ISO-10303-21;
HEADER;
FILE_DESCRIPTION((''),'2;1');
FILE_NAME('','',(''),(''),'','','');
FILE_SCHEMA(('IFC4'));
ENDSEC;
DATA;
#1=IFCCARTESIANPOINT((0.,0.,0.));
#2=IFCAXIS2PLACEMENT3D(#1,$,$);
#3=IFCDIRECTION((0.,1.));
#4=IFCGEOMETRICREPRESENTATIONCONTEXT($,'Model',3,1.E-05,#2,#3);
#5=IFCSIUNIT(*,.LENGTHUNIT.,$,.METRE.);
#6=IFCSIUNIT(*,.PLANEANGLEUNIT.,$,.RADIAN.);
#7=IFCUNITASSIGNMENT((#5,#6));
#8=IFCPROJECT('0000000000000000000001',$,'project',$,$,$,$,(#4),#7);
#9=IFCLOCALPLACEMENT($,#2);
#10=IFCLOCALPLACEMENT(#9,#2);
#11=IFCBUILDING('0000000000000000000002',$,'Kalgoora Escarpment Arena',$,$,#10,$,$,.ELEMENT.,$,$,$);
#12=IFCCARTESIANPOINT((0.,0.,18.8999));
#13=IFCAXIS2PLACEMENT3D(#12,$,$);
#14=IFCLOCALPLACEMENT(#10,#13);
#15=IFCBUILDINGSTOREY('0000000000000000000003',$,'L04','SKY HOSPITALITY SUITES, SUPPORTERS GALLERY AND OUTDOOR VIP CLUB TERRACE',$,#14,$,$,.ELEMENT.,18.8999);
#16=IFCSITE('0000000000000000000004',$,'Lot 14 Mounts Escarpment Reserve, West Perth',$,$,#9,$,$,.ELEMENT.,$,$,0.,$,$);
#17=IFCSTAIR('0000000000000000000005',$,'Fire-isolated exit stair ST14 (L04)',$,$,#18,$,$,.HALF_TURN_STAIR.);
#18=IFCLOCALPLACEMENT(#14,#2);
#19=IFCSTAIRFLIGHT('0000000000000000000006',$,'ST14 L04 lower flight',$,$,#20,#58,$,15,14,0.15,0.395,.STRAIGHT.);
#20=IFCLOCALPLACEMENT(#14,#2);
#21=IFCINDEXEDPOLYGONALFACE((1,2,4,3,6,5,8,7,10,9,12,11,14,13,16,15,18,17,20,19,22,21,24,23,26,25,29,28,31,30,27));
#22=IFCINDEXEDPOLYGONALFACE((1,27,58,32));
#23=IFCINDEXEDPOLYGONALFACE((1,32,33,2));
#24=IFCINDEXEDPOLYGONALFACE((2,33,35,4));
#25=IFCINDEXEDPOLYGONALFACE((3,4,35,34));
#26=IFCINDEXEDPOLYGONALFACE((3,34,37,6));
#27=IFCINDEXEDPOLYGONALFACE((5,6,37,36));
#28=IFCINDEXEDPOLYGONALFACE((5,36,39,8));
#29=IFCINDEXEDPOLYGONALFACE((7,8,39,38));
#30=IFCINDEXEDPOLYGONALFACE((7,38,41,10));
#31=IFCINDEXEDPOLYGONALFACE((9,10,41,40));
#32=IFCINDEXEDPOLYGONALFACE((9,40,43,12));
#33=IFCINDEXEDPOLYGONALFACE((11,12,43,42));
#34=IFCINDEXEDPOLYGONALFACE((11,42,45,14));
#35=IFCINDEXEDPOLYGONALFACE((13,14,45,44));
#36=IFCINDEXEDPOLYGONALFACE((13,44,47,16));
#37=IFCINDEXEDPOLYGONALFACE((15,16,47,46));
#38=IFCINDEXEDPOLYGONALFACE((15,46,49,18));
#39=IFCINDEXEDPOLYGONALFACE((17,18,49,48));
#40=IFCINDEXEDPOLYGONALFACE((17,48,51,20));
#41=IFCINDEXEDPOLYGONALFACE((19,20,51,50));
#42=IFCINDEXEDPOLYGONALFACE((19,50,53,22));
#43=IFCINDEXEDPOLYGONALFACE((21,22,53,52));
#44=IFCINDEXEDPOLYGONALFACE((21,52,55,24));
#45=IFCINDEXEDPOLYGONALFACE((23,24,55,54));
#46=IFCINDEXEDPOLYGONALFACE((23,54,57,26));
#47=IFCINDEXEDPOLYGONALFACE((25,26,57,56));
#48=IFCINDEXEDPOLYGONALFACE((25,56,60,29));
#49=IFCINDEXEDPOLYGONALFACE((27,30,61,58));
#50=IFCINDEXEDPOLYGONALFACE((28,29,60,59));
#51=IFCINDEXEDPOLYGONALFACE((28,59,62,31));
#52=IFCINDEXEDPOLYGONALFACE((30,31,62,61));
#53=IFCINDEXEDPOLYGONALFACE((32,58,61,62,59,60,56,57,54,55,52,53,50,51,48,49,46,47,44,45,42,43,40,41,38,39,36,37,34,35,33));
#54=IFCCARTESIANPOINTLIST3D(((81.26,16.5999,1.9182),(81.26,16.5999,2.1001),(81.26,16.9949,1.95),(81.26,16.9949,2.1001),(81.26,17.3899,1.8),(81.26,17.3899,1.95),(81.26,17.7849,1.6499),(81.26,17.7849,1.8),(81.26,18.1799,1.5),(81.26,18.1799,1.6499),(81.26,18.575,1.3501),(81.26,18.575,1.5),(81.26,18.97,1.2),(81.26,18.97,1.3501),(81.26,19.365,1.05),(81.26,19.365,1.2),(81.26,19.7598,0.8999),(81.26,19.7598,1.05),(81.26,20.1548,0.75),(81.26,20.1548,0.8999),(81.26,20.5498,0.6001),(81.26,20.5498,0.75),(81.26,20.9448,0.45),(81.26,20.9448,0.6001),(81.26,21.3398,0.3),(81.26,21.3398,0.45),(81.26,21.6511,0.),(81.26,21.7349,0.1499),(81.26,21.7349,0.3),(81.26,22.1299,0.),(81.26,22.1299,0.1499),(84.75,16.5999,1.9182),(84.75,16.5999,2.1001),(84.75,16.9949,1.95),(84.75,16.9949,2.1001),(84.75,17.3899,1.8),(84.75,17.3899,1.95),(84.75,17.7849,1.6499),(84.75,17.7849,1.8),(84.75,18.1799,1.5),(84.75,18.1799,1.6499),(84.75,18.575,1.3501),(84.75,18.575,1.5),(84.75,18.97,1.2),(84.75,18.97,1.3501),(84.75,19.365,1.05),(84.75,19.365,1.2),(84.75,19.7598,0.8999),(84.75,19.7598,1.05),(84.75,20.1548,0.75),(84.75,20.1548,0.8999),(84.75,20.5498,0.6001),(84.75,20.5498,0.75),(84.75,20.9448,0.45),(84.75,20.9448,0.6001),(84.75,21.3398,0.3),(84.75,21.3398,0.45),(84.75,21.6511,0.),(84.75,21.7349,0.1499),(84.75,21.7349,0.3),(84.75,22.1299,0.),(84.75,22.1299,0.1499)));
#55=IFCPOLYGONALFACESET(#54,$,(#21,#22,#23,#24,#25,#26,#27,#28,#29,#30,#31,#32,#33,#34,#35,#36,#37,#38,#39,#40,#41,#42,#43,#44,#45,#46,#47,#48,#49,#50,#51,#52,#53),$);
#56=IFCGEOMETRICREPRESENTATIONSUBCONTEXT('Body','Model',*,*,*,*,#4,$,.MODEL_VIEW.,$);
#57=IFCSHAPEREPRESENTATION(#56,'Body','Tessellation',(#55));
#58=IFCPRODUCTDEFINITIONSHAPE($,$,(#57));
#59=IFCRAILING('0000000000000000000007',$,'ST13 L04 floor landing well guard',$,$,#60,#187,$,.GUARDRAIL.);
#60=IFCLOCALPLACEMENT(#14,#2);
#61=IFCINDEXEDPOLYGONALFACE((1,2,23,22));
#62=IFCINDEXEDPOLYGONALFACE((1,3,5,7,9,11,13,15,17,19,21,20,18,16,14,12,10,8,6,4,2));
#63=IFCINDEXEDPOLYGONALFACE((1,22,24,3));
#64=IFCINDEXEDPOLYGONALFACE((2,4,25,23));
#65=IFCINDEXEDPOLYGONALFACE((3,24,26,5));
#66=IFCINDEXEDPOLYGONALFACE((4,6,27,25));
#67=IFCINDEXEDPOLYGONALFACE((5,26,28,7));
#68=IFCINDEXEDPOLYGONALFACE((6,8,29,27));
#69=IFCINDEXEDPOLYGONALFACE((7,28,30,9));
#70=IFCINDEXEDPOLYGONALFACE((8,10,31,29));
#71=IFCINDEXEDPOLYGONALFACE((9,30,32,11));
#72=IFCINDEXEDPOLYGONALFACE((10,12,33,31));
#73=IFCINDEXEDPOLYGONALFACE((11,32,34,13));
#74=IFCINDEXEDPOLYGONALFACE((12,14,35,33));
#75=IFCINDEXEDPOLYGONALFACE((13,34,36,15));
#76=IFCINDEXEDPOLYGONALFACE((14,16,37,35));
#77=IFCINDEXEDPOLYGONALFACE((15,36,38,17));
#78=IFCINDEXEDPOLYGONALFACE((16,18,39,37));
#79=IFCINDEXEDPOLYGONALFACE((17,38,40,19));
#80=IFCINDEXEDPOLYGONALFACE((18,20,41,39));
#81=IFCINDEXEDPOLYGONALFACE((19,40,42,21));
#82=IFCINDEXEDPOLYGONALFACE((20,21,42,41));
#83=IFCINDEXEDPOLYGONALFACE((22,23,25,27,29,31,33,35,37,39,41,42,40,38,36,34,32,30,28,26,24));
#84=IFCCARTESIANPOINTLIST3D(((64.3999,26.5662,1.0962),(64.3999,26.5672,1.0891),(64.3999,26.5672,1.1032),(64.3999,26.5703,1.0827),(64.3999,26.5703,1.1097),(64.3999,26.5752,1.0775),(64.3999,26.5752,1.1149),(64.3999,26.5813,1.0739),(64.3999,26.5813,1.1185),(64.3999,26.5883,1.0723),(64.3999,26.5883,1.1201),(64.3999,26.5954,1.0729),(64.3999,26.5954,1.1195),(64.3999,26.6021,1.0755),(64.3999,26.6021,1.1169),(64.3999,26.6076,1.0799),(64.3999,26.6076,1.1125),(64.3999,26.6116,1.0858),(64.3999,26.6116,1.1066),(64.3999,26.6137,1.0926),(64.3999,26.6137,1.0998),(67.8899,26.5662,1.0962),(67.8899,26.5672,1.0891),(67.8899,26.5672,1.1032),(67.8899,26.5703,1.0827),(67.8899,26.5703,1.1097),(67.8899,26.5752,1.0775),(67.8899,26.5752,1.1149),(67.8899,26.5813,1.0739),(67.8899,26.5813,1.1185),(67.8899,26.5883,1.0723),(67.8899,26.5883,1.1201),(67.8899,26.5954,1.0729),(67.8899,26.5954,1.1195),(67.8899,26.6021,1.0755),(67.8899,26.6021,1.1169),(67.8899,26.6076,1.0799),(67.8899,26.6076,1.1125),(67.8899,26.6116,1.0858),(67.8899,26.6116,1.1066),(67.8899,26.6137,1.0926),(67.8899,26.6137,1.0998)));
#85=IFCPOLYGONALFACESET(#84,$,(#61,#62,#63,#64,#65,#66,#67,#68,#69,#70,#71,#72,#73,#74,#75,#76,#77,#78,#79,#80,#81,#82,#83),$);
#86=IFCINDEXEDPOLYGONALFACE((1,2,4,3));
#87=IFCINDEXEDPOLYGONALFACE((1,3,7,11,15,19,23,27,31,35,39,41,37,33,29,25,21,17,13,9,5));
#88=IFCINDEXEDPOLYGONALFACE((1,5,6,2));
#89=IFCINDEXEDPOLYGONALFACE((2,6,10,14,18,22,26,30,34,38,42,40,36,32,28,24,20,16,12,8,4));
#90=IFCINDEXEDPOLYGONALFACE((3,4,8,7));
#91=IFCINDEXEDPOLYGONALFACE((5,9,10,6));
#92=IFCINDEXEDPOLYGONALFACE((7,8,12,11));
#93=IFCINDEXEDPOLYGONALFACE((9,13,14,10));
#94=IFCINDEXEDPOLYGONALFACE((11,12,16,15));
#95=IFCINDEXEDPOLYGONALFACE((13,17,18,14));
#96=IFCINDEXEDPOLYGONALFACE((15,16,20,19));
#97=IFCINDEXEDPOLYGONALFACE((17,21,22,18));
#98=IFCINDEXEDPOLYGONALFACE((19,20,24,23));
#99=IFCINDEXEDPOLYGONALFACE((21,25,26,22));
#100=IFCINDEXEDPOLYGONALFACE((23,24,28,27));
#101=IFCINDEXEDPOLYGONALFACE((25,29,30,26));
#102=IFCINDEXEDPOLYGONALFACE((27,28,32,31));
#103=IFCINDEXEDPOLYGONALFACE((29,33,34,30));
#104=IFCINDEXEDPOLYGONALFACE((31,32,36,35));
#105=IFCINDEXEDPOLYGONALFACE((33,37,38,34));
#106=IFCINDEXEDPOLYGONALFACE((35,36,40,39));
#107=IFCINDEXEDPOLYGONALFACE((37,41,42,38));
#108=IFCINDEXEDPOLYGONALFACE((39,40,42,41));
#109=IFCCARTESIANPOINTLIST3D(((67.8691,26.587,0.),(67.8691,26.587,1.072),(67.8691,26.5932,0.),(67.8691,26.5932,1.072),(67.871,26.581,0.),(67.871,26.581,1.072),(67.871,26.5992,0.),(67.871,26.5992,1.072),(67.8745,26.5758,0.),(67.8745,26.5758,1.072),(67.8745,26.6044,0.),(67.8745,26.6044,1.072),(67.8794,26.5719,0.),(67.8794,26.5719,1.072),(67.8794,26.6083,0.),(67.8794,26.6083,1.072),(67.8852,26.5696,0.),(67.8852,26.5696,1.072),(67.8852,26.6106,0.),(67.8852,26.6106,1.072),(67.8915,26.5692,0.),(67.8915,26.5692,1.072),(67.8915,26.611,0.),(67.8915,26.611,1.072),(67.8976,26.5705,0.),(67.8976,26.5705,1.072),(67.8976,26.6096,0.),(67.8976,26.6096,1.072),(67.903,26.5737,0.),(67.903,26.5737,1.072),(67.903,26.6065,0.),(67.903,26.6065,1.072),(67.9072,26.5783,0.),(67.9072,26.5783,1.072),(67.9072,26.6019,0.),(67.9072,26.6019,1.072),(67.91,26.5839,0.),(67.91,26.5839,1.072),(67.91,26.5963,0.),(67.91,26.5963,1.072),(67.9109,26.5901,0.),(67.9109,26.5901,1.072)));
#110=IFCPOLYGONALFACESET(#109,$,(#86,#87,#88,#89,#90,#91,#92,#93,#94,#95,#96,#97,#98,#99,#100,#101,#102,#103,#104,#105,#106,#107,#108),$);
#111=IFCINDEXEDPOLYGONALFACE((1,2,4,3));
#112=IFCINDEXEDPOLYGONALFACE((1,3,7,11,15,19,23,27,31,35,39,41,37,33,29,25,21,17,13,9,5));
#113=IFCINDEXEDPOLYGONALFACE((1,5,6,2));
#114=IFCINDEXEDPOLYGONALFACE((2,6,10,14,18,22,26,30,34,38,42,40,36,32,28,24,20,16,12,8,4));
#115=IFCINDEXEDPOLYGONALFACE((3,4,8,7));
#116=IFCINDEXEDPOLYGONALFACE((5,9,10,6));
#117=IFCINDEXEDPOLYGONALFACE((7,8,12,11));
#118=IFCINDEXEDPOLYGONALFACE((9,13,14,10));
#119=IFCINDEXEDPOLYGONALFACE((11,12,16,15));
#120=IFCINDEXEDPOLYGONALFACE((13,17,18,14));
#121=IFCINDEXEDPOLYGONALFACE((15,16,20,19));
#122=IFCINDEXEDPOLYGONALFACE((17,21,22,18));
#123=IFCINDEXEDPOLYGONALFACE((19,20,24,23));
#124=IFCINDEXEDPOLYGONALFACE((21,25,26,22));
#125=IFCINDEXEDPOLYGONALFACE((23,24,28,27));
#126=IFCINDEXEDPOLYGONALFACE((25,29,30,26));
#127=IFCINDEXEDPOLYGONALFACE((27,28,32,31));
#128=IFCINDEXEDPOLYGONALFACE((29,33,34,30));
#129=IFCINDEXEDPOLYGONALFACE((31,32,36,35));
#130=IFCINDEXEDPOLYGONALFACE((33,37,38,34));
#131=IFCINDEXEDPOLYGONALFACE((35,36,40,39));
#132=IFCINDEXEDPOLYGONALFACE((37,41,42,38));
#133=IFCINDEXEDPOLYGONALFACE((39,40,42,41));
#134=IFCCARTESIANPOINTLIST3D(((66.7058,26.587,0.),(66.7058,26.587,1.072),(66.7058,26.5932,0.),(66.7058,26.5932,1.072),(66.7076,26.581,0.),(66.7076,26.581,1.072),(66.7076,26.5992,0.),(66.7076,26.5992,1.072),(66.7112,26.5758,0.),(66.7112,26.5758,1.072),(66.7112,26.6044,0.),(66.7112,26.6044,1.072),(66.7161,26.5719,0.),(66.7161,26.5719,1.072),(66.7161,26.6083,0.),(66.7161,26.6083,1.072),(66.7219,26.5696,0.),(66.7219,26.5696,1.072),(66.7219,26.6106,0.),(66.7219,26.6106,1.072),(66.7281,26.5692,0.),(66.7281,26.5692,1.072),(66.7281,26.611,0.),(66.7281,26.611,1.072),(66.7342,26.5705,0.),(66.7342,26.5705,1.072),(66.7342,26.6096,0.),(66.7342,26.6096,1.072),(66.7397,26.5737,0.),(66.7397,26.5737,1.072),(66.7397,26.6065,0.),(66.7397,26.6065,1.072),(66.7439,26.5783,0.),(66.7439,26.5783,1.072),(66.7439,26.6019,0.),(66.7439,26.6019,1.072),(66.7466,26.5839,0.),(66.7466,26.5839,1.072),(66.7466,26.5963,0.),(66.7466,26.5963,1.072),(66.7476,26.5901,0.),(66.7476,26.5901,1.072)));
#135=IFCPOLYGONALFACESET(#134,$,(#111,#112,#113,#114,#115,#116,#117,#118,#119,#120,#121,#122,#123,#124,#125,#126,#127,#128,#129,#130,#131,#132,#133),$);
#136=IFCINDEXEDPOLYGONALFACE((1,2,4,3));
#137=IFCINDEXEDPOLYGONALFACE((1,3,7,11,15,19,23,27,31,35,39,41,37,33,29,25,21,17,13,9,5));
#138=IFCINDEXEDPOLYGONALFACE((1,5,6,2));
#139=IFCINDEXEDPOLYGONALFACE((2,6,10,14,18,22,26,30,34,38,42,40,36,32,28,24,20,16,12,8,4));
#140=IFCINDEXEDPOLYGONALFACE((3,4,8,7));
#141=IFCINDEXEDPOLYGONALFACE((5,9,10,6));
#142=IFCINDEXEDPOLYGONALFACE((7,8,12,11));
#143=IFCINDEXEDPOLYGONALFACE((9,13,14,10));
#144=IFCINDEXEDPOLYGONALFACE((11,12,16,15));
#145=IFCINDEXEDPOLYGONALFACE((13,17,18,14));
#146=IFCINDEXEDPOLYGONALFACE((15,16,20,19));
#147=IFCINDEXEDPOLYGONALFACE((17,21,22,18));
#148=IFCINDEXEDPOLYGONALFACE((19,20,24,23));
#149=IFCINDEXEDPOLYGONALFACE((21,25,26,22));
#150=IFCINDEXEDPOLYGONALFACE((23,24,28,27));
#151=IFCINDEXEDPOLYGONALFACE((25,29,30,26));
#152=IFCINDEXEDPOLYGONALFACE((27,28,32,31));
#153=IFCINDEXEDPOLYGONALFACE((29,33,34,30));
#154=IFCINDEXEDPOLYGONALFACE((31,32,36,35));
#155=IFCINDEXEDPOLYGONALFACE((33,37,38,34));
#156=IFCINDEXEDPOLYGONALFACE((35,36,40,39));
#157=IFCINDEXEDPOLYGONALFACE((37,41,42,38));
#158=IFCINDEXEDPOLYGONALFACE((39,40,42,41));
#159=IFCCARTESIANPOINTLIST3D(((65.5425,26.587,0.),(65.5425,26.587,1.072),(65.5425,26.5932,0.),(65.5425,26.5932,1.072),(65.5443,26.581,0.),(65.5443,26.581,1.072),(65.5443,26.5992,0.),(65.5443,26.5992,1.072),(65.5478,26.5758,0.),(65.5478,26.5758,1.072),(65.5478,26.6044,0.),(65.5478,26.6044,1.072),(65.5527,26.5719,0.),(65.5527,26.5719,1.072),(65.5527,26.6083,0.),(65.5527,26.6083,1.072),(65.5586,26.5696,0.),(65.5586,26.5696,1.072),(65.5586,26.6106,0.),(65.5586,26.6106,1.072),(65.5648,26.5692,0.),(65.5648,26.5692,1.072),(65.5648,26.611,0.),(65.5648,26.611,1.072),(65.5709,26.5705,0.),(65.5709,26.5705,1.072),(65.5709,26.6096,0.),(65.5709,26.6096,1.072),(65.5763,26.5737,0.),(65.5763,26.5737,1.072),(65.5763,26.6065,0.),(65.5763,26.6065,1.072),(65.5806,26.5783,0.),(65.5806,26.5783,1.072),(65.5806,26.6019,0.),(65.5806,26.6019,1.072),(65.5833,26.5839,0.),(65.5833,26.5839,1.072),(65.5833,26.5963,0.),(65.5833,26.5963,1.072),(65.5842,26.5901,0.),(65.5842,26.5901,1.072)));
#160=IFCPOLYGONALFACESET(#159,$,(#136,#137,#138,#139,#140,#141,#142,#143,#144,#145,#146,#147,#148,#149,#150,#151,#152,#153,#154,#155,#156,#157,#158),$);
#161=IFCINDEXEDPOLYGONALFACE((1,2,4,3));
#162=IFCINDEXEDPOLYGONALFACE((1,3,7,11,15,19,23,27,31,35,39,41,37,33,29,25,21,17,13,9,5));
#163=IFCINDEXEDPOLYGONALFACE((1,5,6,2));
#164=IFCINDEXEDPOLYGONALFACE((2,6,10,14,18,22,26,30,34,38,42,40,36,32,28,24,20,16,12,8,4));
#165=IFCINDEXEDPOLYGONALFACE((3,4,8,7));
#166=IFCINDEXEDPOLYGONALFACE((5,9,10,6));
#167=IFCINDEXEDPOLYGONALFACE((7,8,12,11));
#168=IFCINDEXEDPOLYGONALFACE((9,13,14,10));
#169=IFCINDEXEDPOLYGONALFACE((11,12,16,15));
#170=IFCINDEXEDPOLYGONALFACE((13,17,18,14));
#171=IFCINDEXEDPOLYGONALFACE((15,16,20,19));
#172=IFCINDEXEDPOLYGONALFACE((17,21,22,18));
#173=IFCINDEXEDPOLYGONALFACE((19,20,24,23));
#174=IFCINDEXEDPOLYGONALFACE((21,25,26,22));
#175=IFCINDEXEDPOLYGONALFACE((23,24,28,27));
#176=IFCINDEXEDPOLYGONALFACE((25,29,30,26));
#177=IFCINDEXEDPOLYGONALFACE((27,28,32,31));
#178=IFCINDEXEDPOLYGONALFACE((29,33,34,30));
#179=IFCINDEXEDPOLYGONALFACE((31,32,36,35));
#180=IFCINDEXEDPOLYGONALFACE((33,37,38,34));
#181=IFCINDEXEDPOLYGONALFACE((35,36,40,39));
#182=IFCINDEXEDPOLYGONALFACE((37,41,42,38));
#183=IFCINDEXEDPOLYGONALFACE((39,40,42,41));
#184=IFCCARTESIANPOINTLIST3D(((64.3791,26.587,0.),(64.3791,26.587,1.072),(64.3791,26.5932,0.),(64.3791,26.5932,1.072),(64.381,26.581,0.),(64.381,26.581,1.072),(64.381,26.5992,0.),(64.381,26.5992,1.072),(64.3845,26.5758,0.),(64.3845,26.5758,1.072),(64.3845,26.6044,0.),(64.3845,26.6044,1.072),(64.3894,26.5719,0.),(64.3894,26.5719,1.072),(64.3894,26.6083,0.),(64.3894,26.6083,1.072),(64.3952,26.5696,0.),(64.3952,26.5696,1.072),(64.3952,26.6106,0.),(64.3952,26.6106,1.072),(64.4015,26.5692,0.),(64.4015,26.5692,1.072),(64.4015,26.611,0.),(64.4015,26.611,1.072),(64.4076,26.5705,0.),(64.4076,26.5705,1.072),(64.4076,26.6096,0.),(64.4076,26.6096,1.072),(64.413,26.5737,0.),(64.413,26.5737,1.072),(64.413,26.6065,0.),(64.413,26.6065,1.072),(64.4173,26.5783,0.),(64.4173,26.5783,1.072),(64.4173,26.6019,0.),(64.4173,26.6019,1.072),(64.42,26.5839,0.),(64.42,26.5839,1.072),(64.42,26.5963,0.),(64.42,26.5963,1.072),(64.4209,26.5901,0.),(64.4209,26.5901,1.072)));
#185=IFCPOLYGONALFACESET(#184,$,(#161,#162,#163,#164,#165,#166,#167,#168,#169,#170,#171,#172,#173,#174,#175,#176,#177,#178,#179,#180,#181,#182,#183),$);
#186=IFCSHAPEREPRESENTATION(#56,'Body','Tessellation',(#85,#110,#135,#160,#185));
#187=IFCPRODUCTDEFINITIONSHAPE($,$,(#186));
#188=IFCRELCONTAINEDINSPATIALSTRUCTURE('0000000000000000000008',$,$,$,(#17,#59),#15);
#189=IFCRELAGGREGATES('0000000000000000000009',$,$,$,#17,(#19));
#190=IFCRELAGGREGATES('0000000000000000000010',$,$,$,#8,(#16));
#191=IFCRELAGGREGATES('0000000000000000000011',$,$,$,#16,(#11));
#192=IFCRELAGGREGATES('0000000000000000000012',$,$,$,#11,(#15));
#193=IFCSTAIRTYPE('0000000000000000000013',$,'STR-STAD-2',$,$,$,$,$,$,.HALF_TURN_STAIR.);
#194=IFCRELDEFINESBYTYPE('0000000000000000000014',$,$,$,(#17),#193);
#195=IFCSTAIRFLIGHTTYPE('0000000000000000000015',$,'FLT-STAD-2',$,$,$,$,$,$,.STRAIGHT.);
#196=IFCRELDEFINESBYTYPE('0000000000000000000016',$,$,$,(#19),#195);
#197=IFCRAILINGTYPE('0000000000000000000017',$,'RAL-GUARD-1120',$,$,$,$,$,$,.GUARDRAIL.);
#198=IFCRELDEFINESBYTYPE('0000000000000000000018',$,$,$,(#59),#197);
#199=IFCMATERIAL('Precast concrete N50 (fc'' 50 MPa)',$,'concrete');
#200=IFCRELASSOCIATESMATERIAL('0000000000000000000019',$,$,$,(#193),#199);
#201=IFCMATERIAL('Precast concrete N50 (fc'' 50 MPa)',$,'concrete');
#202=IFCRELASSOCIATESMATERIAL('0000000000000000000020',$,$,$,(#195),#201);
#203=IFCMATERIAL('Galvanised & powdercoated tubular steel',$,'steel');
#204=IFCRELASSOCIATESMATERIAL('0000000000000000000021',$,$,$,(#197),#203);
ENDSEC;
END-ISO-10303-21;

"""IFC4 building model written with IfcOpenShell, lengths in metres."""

from ifc_helpers import new_model, si_unit, direction, frame, origin, origin_2d, place, context, subcontext, project, spatial, polyline, circle, outline, extrude, material, type_object, element, aggregate, save


model = new_model("IFC4")

# Units and contexts
model_context = context("Model", 3, precision=1e-05, world=origin(), true_north=direction((0.0, 1.0)))
body_context = subcontext(model_context, "Body", "Model", "MODEL_VIEW")
ifc_project = project(units=[si_unit("LENGTHUNIT", "METRE"), si_unit("PLANEANGLEUNIT", "RADIAN")], contexts=[model_context])

# Site, building, storey
site_placement = place(None, origin())
site = spatial("IfcSite", under=ifc_project, at=site_placement, Name="Lot 14 Mounts Escarpment Reserve, West Perth", CompositionType="ELEMENT", RefElevation=0.0)
building_placement = place(site_placement, origin())
building = spatial("IfcBuilding", under=site, at=building_placement, Name="Kalgoora Escarpment Arena", CompositionType="ELEMENT")
storey_placement = place(building_placement, frame((0.0, 0.0, 18.8999)))
storey = spatial("IfcBuildingStorey", under=building, at=storey_placement, Name="L04", Description="SKY HOSPITALITY SUITES, SUPPORTERS GALLERY AND OUTDOOR VIP CLUB TERRACE", CompositionType="ELEMENT", Elevation=18.8999)

# Stair, stair flight
ifc_material_1 = material(Name="Precast concrete N50 (fc' 50 MPa)", Category="concrete")
stair_type_1 = type_object("IfcStairType", Name="STR-STAD-2", PredefinedType="HALF_TURN_STAIR", material=ifc_material_1)
stair_1_placement = place(storey_placement, origin())
stair_1 = element("IfcStair", 1, at=stair_1_placement, inside=storey, type_object=stair_type_1, Name="Fire-isolated exit stair ST14 (L04)", PredefinedType="HALF_TURN_STAIR")
ifc_material_2 = material(Name="Precast concrete N50 (fc' 50 MPa)", Category="concrete")
stair_flight_type_1 = type_object("IfcStairFlightType", Name="FLT-STAD-2", PredefinedType="STRAIGHT", material=ifc_material_2)
stair_flight_1_placement = place(storey_placement, frame((83.0049, 22.1299, 0.0), z_axis=(0.0, 0.0, 1.0), x_axis=(0.0, -1.0, 0.0)))
stair_flight_1 = element("IfcStairFlight", 2, at=stair_flight_1_placement, type_object=stair_flight_type_1, Name="ST14 L04 lower flight", NumberOfRisers=15, NumberOfTreads=14, PredefinedType="STRAIGHT", RiserHeight=0.15, TreadLength=0.395, context=body_context, shape_type="SweptSolid", body=[
    extrude(outline(polyline([(0.0, 0.0), (0.0, 0.1499), (0.395, 0.1499), (0.395, 0.3), (0.79, 0.3), (0.79, 0.45), (1.1851, 0.45), (1.1851, 0.6001), (1.5801, 0.6001), (1.5801, 0.75), (1.9751, 0.75), (1.9751, 0.8999), (2.3701, 0.8999), (2.3701, 1.05), (2.7649, 1.05), (2.7649, 1.2), (3.1599, 1.2), (3.1599, 1.3501), (3.5549, 1.3501), (3.5549, 1.5), (3.95, 1.5), (3.95, 1.6499), (4.345, 1.6499), (4.345, 1.8), (4.74, 1.8), (4.74, 1.95), (5.135, 1.95), (5.135, 2.1001), (5.53, 2.1001), (5.53, 2.25), (5.53, 1.9182), (0.4788, 0.0), (0.0, 0.0)])), frame((0.0, 1.7451, 0.0), z_axis=(0.0, -1.0, 0.0), x_axis=(1.0, 0.0, 0.0)), (0.0, 0.0, 1.0), 3.49),
])
aggregate(stair_1, [stair_flight_1])

# Railing
ifc_material_3 = material(Name="Galvanised & powdercoated tubular steel", Category="steel")
railing_type_1 = type_object("IfcRailingType", Name="RAL-GUARD-1120", PredefinedType="GUARDRAIL", material=ifc_material_3)
railing_1_placement = place(storey_placement, frame((67.8899, 26.5901, 0.0)))
element("IfcRailing", 3, at=railing_1_placement, inside=storey, type_object=railing_type_1, Name="ST13 L04 floor landing well guard", PredefinedType="GUARDRAIL", context=body_context, shape_type="SweptSolid", body=[
    extrude(circle(Radius=0.0239, at=origin_2d()), frame((0.0, 0.0, 1.0962), z_axis=(-1.0, 0.0, 0.0), x_axis=(0.0, -1.0, 0.0)), (0.0, 0.0, 1.0), 3.49),
    extrude(circle(Radius=0.021, at=origin_2d()), origin(), (0.0, 0.0, 1.0), 1.072),
    extrude(circle(Radius=0.021, at=origin_2d()), frame((-1.1633, 0.0, 0.0)), (0.0, 0.0, 1.0), 1.072),
    extrude(circle(Radius=0.021, at=origin_2d()), frame((-2.3267, 0.0, 0.0)), (0.0, 0.0, 1.0), 1.072),
    extrude(circle(Radius=0.021, at=origin_2d()), frame((-3.49, 0.0, 0.0)), (0.0, 0.0, 1.0), 1.072),
])

save(model, "model.ifc")
